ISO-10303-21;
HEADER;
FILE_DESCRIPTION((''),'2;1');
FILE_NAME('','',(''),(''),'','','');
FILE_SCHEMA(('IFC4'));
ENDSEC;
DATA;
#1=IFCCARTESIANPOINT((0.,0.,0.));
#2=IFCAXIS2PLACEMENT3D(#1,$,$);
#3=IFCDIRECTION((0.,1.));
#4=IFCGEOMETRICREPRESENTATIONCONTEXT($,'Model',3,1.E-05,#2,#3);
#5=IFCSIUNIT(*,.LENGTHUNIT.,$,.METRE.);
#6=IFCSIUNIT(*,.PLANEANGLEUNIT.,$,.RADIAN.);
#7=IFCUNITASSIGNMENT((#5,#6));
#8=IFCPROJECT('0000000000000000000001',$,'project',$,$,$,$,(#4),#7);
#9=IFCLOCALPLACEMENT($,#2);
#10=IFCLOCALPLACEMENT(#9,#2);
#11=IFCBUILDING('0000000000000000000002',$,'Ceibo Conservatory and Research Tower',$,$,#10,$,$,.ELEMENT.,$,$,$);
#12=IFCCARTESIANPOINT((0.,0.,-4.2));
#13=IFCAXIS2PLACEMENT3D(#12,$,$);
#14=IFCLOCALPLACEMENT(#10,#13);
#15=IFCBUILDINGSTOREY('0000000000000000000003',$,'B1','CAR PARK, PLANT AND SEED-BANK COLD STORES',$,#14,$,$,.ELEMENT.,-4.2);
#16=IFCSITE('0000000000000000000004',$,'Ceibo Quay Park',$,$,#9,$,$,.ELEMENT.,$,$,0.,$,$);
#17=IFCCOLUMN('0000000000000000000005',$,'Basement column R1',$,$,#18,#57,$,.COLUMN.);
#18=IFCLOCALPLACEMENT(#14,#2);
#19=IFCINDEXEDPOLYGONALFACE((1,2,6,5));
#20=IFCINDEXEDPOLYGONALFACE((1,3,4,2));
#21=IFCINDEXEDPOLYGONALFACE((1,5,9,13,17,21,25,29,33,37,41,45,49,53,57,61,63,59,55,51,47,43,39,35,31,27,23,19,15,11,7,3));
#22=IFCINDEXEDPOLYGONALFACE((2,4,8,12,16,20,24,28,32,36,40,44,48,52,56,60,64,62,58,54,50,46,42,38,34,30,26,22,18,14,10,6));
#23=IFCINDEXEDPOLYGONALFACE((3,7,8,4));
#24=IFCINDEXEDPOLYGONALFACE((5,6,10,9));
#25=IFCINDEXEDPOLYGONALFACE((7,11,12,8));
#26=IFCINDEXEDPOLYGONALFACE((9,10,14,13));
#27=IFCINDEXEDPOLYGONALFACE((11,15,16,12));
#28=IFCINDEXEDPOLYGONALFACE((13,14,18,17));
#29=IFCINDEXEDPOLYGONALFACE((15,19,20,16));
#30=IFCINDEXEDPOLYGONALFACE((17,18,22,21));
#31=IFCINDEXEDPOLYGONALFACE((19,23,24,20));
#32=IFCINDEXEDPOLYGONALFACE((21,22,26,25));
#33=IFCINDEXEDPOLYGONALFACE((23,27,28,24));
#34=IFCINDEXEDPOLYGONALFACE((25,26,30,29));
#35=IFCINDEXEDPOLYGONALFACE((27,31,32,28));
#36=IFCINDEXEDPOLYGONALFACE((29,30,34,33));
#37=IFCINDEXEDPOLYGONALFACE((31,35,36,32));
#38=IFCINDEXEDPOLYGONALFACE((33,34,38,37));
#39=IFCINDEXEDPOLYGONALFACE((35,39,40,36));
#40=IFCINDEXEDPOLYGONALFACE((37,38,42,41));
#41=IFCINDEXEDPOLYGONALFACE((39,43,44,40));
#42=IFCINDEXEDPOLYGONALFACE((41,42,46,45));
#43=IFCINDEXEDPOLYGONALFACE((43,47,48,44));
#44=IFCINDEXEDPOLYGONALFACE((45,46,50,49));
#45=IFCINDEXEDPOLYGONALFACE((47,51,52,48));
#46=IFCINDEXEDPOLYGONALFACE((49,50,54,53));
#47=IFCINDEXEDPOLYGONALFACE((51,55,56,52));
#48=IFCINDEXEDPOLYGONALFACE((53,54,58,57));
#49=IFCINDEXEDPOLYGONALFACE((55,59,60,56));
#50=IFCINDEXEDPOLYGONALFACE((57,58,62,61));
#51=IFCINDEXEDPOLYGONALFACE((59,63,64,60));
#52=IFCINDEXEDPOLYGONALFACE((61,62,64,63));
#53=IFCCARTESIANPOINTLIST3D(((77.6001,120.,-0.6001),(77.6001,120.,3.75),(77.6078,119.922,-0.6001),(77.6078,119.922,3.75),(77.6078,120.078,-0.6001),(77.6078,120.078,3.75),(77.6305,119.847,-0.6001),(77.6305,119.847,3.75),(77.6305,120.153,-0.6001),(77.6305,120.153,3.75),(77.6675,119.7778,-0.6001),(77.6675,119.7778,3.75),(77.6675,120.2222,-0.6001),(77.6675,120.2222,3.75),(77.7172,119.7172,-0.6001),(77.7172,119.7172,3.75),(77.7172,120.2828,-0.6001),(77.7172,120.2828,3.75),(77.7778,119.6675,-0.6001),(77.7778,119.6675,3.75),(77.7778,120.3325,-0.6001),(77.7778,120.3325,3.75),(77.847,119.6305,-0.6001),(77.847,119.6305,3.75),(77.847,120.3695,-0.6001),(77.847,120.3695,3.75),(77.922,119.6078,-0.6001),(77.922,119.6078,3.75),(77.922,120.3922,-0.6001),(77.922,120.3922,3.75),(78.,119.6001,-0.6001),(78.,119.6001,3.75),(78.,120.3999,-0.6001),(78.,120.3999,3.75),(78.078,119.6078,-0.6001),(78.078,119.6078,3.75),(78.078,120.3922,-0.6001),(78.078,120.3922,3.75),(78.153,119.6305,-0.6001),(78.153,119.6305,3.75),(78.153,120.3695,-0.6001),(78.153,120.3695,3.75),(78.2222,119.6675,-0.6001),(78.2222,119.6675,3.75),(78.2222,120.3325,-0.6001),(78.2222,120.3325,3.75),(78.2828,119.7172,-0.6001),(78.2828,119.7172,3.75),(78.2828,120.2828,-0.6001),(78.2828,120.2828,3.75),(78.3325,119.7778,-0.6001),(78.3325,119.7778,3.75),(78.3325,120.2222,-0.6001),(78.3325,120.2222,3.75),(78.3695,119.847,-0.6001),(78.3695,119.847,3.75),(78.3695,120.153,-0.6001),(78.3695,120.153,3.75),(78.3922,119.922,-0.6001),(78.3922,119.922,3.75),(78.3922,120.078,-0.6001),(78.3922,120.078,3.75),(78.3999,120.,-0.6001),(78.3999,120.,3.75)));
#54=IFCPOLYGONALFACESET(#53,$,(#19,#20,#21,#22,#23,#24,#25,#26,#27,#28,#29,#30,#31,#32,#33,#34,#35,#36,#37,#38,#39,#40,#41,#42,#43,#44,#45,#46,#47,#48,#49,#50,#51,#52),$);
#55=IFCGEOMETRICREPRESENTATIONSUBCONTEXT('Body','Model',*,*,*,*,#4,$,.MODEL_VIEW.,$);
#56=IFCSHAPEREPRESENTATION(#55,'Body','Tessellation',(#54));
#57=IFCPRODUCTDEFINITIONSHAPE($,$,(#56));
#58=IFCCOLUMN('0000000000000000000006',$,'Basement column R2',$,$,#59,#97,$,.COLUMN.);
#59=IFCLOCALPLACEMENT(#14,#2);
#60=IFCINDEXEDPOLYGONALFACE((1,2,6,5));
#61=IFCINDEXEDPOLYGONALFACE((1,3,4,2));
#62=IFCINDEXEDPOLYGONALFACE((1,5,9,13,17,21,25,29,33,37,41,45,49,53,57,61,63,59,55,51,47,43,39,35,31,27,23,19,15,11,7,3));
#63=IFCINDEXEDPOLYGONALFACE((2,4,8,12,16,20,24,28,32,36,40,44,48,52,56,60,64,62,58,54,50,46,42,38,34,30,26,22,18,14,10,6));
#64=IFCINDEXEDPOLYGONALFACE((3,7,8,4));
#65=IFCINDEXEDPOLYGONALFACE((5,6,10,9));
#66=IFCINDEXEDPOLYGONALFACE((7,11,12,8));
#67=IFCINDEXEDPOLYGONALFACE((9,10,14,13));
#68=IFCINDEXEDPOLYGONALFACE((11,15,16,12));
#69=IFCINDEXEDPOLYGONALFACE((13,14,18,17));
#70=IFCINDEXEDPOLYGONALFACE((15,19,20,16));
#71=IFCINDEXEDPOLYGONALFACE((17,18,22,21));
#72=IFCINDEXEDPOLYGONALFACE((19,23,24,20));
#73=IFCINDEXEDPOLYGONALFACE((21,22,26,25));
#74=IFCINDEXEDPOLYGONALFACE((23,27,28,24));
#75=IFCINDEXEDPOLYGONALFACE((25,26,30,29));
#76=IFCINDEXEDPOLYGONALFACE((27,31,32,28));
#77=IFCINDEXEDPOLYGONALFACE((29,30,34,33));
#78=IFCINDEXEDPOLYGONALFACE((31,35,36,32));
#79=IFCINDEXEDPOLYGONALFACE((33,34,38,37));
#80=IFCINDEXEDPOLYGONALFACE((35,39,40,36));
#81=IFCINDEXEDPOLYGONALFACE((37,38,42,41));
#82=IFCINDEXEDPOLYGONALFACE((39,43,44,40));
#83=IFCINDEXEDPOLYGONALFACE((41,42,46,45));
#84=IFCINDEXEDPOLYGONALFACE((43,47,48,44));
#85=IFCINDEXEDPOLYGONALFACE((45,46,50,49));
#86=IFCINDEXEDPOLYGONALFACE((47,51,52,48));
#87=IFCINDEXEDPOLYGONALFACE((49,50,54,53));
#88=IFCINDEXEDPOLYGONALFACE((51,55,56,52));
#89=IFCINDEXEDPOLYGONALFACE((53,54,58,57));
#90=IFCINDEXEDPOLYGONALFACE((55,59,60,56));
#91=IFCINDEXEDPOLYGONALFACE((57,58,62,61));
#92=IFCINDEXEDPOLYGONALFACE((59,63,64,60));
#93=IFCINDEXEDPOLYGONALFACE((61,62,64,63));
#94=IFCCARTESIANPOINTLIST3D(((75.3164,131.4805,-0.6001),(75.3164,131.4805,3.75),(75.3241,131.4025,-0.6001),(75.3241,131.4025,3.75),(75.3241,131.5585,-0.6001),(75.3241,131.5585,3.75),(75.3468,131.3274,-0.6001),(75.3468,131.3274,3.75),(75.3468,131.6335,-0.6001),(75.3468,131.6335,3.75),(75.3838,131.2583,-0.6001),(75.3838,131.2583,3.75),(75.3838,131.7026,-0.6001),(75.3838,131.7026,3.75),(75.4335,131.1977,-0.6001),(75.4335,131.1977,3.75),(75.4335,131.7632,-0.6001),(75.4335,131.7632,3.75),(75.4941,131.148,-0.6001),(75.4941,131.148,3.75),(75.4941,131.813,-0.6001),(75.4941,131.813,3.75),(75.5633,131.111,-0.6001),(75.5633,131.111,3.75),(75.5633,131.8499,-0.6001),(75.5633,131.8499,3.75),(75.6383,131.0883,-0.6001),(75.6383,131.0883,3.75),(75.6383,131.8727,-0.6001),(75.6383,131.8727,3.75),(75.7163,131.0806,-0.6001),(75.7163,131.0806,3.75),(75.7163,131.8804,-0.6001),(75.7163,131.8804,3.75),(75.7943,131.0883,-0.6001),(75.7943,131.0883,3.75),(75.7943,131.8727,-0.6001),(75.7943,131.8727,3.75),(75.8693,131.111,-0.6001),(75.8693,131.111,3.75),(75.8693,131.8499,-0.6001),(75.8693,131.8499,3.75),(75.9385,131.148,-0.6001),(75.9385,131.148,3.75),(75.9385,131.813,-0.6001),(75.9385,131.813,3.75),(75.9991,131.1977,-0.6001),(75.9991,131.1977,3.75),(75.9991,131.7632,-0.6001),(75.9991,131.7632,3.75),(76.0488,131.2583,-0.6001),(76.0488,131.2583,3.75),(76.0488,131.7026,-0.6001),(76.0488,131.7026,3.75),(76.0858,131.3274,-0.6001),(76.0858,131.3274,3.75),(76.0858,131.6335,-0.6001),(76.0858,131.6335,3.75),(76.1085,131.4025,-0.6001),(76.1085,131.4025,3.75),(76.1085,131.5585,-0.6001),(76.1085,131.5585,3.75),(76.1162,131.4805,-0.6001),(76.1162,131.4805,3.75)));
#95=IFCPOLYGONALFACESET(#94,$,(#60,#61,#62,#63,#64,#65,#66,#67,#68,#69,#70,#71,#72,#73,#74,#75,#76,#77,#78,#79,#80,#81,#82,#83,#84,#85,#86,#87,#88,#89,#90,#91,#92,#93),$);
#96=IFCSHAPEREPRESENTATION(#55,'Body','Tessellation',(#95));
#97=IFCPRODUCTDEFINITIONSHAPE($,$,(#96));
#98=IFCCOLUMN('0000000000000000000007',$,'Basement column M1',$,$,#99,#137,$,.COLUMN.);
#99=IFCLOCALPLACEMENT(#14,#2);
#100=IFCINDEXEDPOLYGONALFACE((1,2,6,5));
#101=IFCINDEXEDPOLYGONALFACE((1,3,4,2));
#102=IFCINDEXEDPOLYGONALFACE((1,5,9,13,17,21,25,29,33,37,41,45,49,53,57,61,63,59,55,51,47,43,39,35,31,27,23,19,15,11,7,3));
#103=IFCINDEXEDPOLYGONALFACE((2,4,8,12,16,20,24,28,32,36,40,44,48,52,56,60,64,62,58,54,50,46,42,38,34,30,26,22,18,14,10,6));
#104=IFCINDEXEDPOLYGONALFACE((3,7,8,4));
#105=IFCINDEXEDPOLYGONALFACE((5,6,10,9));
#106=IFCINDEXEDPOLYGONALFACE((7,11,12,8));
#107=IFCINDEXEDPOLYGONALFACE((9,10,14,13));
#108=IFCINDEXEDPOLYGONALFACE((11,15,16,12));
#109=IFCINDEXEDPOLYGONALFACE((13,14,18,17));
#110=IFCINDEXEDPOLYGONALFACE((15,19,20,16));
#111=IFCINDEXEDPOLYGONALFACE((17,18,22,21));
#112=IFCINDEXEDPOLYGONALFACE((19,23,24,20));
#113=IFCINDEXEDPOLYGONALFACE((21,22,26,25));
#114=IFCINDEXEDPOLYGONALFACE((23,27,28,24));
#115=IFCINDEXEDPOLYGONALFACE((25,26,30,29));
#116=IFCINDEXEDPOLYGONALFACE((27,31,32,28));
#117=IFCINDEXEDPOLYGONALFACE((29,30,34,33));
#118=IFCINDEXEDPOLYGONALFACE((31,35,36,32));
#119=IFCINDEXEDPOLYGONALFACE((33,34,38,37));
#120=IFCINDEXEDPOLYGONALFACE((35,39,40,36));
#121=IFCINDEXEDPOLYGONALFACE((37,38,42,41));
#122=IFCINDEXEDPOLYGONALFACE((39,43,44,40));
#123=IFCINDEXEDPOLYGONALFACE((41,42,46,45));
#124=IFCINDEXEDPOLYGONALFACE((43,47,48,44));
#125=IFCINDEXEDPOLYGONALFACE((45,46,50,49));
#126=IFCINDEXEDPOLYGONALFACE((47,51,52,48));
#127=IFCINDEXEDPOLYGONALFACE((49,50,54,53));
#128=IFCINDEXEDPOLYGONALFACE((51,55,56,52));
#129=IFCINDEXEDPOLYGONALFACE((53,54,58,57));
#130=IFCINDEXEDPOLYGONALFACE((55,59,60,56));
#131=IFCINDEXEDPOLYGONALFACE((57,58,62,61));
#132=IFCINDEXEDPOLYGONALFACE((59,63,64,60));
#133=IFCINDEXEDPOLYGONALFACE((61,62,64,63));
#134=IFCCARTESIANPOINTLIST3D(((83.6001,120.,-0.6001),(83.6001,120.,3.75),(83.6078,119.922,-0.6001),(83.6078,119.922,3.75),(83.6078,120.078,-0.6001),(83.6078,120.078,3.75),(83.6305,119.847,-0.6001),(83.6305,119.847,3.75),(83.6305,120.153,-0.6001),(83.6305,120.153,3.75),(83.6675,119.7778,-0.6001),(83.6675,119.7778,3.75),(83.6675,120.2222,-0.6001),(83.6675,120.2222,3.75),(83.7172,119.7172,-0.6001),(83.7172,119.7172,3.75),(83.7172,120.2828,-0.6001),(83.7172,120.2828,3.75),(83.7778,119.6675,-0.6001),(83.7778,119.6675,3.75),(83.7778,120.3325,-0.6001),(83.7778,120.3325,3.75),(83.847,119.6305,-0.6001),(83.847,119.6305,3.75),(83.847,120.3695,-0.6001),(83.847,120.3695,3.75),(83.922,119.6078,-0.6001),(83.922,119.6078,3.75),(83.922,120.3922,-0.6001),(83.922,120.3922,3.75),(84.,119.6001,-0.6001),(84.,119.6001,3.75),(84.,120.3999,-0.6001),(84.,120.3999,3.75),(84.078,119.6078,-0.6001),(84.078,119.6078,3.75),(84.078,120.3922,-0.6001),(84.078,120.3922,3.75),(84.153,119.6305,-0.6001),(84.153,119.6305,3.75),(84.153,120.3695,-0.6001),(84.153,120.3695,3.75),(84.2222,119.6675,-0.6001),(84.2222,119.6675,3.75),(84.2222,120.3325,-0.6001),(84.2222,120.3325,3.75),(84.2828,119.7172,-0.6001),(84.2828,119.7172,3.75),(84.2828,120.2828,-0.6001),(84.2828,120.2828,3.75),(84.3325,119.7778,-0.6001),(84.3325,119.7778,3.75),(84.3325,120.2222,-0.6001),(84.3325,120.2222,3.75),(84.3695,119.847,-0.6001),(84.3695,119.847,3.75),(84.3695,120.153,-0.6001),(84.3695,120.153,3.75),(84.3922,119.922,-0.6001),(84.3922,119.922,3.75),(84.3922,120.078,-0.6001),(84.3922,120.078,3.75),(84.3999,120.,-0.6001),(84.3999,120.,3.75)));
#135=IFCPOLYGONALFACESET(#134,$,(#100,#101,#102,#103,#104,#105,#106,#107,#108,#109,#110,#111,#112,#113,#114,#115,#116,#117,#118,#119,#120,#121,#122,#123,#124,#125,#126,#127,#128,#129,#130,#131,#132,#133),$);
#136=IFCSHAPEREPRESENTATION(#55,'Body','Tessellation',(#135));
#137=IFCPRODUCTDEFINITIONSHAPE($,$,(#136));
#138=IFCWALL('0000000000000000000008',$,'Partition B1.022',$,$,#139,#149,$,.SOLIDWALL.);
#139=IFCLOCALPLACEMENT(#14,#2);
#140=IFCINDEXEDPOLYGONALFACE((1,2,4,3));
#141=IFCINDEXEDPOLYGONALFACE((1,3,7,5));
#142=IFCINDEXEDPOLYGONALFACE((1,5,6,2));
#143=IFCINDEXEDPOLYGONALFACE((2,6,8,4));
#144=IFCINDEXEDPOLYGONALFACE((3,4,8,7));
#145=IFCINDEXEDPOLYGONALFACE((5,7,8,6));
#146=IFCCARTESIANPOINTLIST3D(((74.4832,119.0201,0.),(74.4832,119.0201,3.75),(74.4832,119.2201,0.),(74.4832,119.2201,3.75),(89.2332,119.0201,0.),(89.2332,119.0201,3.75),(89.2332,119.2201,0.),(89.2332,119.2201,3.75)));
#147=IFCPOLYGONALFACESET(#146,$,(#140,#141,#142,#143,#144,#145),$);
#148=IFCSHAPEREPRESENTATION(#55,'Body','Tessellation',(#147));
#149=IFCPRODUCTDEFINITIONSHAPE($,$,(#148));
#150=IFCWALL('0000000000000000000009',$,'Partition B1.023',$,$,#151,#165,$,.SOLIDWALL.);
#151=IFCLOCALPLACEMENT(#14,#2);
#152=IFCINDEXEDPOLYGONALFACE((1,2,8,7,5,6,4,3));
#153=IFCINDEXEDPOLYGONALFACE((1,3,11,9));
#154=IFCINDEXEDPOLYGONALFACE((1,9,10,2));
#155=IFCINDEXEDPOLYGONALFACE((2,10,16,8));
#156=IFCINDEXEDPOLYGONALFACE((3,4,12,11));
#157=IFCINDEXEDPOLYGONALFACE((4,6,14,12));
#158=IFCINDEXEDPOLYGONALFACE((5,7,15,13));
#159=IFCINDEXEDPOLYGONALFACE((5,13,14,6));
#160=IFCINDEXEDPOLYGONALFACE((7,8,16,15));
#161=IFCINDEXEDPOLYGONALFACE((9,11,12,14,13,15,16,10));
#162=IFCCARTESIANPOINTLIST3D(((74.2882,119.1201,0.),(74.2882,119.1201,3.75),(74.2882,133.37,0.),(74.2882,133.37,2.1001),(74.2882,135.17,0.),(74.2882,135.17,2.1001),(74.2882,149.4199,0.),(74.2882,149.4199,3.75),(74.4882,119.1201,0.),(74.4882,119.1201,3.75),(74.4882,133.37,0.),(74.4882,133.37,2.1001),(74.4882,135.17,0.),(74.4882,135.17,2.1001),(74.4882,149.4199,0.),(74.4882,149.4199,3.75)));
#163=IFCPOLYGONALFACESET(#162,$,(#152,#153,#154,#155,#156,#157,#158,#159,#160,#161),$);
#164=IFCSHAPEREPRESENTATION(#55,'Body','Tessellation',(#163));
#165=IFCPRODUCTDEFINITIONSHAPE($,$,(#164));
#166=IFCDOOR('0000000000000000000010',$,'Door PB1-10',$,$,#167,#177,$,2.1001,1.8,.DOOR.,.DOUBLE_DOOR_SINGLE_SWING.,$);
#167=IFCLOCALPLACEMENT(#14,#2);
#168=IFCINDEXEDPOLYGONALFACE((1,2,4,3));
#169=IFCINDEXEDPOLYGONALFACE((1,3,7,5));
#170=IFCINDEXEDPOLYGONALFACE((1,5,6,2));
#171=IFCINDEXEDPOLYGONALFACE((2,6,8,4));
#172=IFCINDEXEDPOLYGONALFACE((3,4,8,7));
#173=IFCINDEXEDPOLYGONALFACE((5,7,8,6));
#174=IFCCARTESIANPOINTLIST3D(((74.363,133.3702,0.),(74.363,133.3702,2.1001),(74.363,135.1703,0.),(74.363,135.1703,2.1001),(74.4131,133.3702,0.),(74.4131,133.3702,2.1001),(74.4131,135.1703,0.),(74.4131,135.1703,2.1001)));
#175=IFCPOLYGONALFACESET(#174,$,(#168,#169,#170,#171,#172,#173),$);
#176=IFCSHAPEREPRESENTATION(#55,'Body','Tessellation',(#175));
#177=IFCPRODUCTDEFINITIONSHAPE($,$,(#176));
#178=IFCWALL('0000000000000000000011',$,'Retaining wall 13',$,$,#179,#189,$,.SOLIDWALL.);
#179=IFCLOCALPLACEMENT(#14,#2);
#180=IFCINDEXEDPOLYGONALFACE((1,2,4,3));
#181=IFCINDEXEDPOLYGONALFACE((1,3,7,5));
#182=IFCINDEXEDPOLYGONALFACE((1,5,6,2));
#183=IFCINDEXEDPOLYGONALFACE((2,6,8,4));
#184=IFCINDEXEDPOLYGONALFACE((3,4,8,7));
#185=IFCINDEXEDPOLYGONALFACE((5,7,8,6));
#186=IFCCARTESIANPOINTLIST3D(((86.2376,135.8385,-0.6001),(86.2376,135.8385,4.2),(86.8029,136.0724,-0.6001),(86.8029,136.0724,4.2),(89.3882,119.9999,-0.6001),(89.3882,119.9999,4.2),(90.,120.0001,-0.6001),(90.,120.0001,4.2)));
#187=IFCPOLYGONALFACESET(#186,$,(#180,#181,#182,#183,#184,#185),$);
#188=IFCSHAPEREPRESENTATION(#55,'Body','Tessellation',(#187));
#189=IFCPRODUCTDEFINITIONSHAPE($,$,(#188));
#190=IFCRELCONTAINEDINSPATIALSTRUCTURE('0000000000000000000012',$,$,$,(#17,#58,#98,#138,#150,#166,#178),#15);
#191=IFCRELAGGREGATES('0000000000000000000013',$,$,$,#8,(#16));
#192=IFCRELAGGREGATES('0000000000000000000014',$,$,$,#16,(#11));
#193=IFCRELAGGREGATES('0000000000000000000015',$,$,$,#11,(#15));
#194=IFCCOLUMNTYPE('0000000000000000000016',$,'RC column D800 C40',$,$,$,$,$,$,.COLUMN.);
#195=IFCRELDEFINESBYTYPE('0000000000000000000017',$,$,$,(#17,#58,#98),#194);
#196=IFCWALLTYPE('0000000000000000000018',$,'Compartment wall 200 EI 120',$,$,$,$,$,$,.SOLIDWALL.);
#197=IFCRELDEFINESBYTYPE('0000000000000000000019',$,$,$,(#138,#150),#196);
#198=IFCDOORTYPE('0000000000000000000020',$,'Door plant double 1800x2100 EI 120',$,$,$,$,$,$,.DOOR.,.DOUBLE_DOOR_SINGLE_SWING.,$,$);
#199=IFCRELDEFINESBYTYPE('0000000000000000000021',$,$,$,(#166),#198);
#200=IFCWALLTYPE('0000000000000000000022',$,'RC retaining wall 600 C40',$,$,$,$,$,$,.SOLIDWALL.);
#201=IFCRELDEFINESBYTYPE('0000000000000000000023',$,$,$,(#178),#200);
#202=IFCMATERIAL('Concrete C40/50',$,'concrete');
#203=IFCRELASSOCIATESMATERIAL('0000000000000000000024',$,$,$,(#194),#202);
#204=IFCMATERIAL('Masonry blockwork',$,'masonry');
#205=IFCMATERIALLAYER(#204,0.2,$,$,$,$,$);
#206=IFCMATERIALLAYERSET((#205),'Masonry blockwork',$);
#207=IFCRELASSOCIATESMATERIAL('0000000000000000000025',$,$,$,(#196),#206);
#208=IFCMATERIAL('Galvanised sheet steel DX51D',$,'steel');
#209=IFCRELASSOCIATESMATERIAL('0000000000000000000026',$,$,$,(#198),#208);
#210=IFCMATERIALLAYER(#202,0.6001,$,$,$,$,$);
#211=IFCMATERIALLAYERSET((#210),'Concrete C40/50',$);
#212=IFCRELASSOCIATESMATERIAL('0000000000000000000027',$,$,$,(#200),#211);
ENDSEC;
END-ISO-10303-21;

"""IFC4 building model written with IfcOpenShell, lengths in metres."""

from ifc_helpers import new_model, si_unit, direction, frame, frame_2d, origin, origin_2d, place, context, subcontext, project, spatial, polyline, rectangle, circle, outline, extrude, material, layer, layer_set, material_profile, profile_set, type_object, element, fill, save


model = new_model("IFC4")

# Units and contexts
model_context = context("Model", 3, precision=1e-05, world=origin(), true_north=direction((0.0, 1.0)))
body_context = subcontext(model_context, "Body", "Model", "MODEL_VIEW")
ifc_project = project(units=[si_unit("LENGTHUNIT", "METRE"), si_unit("PLANEANGLEUNIT", "RADIAN")], contexts=[model_context])

# Site, building, storey
site_placement = place(None, origin())
site = spatial("IfcSite", under=ifc_project, at=site_placement, Name="Ceibo Quay Park", CompositionType="ELEMENT", RefElevation=0.0)
building_placement = place(site_placement, origin())
building = spatial("IfcBuilding", under=site, at=building_placement, Name="Ceibo Conservatory and Research Tower", CompositionType="ELEMENT")
storey_placement = place(building_placement, frame((0.0, 0.0, -4.2)))
storey = spatial("IfcBuildingStorey", under=building, at=storey_placement, Name="B1", Description="CAR PARK, PLANT AND SEED-BANK COLD STORES", CompositionType="ELEMENT", Elevation=-4.2)

# Shared definitions
ifc_material_1 = material(Name="Concrete C40/50", Category="concrete")

# Columns
ifc_material_profile_1 = material_profile(ifc_material_1, circle(Radius=0.3999, at=origin_2d()), Name="RC D800")
ifc_profile_set_1 = profile_set([ifc_material_profile_1], Name="Concrete C40/50")
column_type_1 = type_object("IfcColumnType", Name="RC column D800 C40", PredefinedType="COLUMN", material=ifc_profile_set_1)
for number, where, z_axis, x_axis, name in (
    (1, (78.0, 120.0, -0.6001), (0.0, 0.0, 1.0), (1.0, 0.0, 0.0), "Basement column R1"),
    (2, (75.7163, 131.4805, -0.6001), (0.0, 0.0, 1.0), (1.0, 0.0, 0.0), "Basement column R2"),
    (3, (84.0, 120.0, -0.6001), (0.0, 0.0, 1.0), (1.0, 0.0, 0.0), "Basement column M1"),
):
    element("IfcColumn", number, at=place(storey_placement, frame(where, z_axis=z_axis, x_axis=x_axis)), inside=storey, type_object=column_type_1, Name=name, PredefinedType="COLUMN", context=body_context, shape_type="SweptSolid", body=[
        extrude(circle(Radius=0.3999, at=origin_2d()), origin(), (0.0, 0.0, 1.0), 4.3501),
    ])

# Wall
ifc_material_2 = material(Name="Masonry blockwork", Category="masonry")
ifc_layer_1 = layer(ifc_material_2, 0.2)
ifc_layer_set_1 = layer_set([ifc_layer_1], Name="Masonry blockwork")
wall_type_1 = type_object("IfcWallType", Name="Compartment wall 200 EI 120", PredefinedType="SOLIDWALL", material=ifc_layer_set_1)
wall_1_placement = place(storey_placement, frame((89.2332, 119.1201, 0.0), z_axis=(0.0, 0.0, 1.0), x_axis=(-1.0, 0.0, 0.0)))
element("IfcWall", 4, at=wall_1_placement, inside=storey, type_object=wall_type_1, Name="Partition B1.022", PredefinedType="SOLIDWALL", context=body_context, shape_type="SweptSolid", body=[
    extrude(rectangle(XDim=14.75, YDim=0.2, at=frame_2d((7.375, 0.0))), origin(), (0.0, 0.0, 1.0), 3.75),
])

# Wall, opening, door
wall_2_placement = place(storey_placement, frame((74.3882, 119.1201, 0.0), z_axis=(0.0, 0.0, 1.0), x_axis=(0.0, 1.0, 0.0)))
wall_2 = element("IfcWall", 5, at=wall_2_placement, inside=storey, type_object=wall_type_1, Name="Partition B1.023", PredefinedType="SOLIDWALL", context=body_context, shape_type="SweptSolid", body=[
    extrude(rectangle(XDim=30.2998, YDim=0.2, at=frame_2d((15.1499, 0.0))), origin(), (0.0, 0.0, 1.0), 3.75),
])
opening_placement = place(wall_2_placement, frame((14.25, 0.0, 0.0)))
opening = element("IfcOpeningElement", 6, at=opening_placement, cuts=wall_2, PredefinedType="OPENING", context=body_context, shape_type="SweptSolid", body=[
    extrude(rectangle(XDim=1.8, YDim=2.1001, at=frame_2d((0.8999, 1.05))), frame((0.0, 0.1099, 0.0), z_axis=(0.0, -1.0, 0.0), x_axis=(1.0, 0.0, 0.0)), (0.0, 0.0, 1.0), 0.22),
])
ifc_material_3 = material(Name="Galvanised sheet steel DX51D", Category="steel")
door_type = type_object("IfcDoorType", Name="Door plant double 1800x2100 EI 120", OperationType="DOUBLE_DOOR_SINGLE_SWING", PredefinedType="DOOR", material=ifc_material_3)
door_placement = place(opening_placement, frame((1.8, 0.0, 0.0), z_axis=(0.0, 0.0, 1.0), x_axis=(-1.0, 0.0, 0.0)))
door = element("IfcDoor", 7, at=door_placement, inside=storey, type_object=door_type, Name="Door PB1-10", OperationType="DOUBLE_DOOR_SINGLE_SWING", OverallHeight=2.1001, OverallWidth=1.8, PredefinedType="DOOR", context=body_context, shape_type="SweptSolid", body=[
    extrude(rectangle(XDim=1.8, YDim=2.1001, at=frame_2d((0.8999, 1.05))), frame((0.0, 0.0249, 0.0), z_axis=(0.0, -1.0, 0.0), x_axis=(1.0, 0.0, 0.0)), (0.0, 0.0, 1.0), 0.05),
])
fill(opening, door)

# Wall
ifc_layer_2 = layer(ifc_material_1, 0.6001)
ifc_layer_set_2 = layer_set([ifc_layer_2], Name="Concrete C40/50")
wall_type_2 = type_object("IfcWallType", Name="RC retaining wall 600 C40", PredefinedType="SOLIDWALL", material=ifc_layer_set_2)
wall_3_placement = place(storey_placement, frame((89.6941, 120.0, -0.6001), z_axis=(0.0, 0.0, 1.0), x_axis=(-0.195094, 0.980784, 0.0)))
element("IfcWall", 8, at=wall_3_placement, inside=storey, type_object=wall_type_2, Name="Retaining wall 13", PredefinedType="SOLIDWALL", context=body_context, shape_type="SweptSolid", body=[
    extrude(outline(polyline([(-0.0596, -0.3), (16.3276, -0.3), (16.2085, 0.3), (0.0596, 0.3), (-0.0596, -0.3)])), origin(), (0.0, 0.0, 1.0), 4.8),
])

save(model, "model.ifc")
